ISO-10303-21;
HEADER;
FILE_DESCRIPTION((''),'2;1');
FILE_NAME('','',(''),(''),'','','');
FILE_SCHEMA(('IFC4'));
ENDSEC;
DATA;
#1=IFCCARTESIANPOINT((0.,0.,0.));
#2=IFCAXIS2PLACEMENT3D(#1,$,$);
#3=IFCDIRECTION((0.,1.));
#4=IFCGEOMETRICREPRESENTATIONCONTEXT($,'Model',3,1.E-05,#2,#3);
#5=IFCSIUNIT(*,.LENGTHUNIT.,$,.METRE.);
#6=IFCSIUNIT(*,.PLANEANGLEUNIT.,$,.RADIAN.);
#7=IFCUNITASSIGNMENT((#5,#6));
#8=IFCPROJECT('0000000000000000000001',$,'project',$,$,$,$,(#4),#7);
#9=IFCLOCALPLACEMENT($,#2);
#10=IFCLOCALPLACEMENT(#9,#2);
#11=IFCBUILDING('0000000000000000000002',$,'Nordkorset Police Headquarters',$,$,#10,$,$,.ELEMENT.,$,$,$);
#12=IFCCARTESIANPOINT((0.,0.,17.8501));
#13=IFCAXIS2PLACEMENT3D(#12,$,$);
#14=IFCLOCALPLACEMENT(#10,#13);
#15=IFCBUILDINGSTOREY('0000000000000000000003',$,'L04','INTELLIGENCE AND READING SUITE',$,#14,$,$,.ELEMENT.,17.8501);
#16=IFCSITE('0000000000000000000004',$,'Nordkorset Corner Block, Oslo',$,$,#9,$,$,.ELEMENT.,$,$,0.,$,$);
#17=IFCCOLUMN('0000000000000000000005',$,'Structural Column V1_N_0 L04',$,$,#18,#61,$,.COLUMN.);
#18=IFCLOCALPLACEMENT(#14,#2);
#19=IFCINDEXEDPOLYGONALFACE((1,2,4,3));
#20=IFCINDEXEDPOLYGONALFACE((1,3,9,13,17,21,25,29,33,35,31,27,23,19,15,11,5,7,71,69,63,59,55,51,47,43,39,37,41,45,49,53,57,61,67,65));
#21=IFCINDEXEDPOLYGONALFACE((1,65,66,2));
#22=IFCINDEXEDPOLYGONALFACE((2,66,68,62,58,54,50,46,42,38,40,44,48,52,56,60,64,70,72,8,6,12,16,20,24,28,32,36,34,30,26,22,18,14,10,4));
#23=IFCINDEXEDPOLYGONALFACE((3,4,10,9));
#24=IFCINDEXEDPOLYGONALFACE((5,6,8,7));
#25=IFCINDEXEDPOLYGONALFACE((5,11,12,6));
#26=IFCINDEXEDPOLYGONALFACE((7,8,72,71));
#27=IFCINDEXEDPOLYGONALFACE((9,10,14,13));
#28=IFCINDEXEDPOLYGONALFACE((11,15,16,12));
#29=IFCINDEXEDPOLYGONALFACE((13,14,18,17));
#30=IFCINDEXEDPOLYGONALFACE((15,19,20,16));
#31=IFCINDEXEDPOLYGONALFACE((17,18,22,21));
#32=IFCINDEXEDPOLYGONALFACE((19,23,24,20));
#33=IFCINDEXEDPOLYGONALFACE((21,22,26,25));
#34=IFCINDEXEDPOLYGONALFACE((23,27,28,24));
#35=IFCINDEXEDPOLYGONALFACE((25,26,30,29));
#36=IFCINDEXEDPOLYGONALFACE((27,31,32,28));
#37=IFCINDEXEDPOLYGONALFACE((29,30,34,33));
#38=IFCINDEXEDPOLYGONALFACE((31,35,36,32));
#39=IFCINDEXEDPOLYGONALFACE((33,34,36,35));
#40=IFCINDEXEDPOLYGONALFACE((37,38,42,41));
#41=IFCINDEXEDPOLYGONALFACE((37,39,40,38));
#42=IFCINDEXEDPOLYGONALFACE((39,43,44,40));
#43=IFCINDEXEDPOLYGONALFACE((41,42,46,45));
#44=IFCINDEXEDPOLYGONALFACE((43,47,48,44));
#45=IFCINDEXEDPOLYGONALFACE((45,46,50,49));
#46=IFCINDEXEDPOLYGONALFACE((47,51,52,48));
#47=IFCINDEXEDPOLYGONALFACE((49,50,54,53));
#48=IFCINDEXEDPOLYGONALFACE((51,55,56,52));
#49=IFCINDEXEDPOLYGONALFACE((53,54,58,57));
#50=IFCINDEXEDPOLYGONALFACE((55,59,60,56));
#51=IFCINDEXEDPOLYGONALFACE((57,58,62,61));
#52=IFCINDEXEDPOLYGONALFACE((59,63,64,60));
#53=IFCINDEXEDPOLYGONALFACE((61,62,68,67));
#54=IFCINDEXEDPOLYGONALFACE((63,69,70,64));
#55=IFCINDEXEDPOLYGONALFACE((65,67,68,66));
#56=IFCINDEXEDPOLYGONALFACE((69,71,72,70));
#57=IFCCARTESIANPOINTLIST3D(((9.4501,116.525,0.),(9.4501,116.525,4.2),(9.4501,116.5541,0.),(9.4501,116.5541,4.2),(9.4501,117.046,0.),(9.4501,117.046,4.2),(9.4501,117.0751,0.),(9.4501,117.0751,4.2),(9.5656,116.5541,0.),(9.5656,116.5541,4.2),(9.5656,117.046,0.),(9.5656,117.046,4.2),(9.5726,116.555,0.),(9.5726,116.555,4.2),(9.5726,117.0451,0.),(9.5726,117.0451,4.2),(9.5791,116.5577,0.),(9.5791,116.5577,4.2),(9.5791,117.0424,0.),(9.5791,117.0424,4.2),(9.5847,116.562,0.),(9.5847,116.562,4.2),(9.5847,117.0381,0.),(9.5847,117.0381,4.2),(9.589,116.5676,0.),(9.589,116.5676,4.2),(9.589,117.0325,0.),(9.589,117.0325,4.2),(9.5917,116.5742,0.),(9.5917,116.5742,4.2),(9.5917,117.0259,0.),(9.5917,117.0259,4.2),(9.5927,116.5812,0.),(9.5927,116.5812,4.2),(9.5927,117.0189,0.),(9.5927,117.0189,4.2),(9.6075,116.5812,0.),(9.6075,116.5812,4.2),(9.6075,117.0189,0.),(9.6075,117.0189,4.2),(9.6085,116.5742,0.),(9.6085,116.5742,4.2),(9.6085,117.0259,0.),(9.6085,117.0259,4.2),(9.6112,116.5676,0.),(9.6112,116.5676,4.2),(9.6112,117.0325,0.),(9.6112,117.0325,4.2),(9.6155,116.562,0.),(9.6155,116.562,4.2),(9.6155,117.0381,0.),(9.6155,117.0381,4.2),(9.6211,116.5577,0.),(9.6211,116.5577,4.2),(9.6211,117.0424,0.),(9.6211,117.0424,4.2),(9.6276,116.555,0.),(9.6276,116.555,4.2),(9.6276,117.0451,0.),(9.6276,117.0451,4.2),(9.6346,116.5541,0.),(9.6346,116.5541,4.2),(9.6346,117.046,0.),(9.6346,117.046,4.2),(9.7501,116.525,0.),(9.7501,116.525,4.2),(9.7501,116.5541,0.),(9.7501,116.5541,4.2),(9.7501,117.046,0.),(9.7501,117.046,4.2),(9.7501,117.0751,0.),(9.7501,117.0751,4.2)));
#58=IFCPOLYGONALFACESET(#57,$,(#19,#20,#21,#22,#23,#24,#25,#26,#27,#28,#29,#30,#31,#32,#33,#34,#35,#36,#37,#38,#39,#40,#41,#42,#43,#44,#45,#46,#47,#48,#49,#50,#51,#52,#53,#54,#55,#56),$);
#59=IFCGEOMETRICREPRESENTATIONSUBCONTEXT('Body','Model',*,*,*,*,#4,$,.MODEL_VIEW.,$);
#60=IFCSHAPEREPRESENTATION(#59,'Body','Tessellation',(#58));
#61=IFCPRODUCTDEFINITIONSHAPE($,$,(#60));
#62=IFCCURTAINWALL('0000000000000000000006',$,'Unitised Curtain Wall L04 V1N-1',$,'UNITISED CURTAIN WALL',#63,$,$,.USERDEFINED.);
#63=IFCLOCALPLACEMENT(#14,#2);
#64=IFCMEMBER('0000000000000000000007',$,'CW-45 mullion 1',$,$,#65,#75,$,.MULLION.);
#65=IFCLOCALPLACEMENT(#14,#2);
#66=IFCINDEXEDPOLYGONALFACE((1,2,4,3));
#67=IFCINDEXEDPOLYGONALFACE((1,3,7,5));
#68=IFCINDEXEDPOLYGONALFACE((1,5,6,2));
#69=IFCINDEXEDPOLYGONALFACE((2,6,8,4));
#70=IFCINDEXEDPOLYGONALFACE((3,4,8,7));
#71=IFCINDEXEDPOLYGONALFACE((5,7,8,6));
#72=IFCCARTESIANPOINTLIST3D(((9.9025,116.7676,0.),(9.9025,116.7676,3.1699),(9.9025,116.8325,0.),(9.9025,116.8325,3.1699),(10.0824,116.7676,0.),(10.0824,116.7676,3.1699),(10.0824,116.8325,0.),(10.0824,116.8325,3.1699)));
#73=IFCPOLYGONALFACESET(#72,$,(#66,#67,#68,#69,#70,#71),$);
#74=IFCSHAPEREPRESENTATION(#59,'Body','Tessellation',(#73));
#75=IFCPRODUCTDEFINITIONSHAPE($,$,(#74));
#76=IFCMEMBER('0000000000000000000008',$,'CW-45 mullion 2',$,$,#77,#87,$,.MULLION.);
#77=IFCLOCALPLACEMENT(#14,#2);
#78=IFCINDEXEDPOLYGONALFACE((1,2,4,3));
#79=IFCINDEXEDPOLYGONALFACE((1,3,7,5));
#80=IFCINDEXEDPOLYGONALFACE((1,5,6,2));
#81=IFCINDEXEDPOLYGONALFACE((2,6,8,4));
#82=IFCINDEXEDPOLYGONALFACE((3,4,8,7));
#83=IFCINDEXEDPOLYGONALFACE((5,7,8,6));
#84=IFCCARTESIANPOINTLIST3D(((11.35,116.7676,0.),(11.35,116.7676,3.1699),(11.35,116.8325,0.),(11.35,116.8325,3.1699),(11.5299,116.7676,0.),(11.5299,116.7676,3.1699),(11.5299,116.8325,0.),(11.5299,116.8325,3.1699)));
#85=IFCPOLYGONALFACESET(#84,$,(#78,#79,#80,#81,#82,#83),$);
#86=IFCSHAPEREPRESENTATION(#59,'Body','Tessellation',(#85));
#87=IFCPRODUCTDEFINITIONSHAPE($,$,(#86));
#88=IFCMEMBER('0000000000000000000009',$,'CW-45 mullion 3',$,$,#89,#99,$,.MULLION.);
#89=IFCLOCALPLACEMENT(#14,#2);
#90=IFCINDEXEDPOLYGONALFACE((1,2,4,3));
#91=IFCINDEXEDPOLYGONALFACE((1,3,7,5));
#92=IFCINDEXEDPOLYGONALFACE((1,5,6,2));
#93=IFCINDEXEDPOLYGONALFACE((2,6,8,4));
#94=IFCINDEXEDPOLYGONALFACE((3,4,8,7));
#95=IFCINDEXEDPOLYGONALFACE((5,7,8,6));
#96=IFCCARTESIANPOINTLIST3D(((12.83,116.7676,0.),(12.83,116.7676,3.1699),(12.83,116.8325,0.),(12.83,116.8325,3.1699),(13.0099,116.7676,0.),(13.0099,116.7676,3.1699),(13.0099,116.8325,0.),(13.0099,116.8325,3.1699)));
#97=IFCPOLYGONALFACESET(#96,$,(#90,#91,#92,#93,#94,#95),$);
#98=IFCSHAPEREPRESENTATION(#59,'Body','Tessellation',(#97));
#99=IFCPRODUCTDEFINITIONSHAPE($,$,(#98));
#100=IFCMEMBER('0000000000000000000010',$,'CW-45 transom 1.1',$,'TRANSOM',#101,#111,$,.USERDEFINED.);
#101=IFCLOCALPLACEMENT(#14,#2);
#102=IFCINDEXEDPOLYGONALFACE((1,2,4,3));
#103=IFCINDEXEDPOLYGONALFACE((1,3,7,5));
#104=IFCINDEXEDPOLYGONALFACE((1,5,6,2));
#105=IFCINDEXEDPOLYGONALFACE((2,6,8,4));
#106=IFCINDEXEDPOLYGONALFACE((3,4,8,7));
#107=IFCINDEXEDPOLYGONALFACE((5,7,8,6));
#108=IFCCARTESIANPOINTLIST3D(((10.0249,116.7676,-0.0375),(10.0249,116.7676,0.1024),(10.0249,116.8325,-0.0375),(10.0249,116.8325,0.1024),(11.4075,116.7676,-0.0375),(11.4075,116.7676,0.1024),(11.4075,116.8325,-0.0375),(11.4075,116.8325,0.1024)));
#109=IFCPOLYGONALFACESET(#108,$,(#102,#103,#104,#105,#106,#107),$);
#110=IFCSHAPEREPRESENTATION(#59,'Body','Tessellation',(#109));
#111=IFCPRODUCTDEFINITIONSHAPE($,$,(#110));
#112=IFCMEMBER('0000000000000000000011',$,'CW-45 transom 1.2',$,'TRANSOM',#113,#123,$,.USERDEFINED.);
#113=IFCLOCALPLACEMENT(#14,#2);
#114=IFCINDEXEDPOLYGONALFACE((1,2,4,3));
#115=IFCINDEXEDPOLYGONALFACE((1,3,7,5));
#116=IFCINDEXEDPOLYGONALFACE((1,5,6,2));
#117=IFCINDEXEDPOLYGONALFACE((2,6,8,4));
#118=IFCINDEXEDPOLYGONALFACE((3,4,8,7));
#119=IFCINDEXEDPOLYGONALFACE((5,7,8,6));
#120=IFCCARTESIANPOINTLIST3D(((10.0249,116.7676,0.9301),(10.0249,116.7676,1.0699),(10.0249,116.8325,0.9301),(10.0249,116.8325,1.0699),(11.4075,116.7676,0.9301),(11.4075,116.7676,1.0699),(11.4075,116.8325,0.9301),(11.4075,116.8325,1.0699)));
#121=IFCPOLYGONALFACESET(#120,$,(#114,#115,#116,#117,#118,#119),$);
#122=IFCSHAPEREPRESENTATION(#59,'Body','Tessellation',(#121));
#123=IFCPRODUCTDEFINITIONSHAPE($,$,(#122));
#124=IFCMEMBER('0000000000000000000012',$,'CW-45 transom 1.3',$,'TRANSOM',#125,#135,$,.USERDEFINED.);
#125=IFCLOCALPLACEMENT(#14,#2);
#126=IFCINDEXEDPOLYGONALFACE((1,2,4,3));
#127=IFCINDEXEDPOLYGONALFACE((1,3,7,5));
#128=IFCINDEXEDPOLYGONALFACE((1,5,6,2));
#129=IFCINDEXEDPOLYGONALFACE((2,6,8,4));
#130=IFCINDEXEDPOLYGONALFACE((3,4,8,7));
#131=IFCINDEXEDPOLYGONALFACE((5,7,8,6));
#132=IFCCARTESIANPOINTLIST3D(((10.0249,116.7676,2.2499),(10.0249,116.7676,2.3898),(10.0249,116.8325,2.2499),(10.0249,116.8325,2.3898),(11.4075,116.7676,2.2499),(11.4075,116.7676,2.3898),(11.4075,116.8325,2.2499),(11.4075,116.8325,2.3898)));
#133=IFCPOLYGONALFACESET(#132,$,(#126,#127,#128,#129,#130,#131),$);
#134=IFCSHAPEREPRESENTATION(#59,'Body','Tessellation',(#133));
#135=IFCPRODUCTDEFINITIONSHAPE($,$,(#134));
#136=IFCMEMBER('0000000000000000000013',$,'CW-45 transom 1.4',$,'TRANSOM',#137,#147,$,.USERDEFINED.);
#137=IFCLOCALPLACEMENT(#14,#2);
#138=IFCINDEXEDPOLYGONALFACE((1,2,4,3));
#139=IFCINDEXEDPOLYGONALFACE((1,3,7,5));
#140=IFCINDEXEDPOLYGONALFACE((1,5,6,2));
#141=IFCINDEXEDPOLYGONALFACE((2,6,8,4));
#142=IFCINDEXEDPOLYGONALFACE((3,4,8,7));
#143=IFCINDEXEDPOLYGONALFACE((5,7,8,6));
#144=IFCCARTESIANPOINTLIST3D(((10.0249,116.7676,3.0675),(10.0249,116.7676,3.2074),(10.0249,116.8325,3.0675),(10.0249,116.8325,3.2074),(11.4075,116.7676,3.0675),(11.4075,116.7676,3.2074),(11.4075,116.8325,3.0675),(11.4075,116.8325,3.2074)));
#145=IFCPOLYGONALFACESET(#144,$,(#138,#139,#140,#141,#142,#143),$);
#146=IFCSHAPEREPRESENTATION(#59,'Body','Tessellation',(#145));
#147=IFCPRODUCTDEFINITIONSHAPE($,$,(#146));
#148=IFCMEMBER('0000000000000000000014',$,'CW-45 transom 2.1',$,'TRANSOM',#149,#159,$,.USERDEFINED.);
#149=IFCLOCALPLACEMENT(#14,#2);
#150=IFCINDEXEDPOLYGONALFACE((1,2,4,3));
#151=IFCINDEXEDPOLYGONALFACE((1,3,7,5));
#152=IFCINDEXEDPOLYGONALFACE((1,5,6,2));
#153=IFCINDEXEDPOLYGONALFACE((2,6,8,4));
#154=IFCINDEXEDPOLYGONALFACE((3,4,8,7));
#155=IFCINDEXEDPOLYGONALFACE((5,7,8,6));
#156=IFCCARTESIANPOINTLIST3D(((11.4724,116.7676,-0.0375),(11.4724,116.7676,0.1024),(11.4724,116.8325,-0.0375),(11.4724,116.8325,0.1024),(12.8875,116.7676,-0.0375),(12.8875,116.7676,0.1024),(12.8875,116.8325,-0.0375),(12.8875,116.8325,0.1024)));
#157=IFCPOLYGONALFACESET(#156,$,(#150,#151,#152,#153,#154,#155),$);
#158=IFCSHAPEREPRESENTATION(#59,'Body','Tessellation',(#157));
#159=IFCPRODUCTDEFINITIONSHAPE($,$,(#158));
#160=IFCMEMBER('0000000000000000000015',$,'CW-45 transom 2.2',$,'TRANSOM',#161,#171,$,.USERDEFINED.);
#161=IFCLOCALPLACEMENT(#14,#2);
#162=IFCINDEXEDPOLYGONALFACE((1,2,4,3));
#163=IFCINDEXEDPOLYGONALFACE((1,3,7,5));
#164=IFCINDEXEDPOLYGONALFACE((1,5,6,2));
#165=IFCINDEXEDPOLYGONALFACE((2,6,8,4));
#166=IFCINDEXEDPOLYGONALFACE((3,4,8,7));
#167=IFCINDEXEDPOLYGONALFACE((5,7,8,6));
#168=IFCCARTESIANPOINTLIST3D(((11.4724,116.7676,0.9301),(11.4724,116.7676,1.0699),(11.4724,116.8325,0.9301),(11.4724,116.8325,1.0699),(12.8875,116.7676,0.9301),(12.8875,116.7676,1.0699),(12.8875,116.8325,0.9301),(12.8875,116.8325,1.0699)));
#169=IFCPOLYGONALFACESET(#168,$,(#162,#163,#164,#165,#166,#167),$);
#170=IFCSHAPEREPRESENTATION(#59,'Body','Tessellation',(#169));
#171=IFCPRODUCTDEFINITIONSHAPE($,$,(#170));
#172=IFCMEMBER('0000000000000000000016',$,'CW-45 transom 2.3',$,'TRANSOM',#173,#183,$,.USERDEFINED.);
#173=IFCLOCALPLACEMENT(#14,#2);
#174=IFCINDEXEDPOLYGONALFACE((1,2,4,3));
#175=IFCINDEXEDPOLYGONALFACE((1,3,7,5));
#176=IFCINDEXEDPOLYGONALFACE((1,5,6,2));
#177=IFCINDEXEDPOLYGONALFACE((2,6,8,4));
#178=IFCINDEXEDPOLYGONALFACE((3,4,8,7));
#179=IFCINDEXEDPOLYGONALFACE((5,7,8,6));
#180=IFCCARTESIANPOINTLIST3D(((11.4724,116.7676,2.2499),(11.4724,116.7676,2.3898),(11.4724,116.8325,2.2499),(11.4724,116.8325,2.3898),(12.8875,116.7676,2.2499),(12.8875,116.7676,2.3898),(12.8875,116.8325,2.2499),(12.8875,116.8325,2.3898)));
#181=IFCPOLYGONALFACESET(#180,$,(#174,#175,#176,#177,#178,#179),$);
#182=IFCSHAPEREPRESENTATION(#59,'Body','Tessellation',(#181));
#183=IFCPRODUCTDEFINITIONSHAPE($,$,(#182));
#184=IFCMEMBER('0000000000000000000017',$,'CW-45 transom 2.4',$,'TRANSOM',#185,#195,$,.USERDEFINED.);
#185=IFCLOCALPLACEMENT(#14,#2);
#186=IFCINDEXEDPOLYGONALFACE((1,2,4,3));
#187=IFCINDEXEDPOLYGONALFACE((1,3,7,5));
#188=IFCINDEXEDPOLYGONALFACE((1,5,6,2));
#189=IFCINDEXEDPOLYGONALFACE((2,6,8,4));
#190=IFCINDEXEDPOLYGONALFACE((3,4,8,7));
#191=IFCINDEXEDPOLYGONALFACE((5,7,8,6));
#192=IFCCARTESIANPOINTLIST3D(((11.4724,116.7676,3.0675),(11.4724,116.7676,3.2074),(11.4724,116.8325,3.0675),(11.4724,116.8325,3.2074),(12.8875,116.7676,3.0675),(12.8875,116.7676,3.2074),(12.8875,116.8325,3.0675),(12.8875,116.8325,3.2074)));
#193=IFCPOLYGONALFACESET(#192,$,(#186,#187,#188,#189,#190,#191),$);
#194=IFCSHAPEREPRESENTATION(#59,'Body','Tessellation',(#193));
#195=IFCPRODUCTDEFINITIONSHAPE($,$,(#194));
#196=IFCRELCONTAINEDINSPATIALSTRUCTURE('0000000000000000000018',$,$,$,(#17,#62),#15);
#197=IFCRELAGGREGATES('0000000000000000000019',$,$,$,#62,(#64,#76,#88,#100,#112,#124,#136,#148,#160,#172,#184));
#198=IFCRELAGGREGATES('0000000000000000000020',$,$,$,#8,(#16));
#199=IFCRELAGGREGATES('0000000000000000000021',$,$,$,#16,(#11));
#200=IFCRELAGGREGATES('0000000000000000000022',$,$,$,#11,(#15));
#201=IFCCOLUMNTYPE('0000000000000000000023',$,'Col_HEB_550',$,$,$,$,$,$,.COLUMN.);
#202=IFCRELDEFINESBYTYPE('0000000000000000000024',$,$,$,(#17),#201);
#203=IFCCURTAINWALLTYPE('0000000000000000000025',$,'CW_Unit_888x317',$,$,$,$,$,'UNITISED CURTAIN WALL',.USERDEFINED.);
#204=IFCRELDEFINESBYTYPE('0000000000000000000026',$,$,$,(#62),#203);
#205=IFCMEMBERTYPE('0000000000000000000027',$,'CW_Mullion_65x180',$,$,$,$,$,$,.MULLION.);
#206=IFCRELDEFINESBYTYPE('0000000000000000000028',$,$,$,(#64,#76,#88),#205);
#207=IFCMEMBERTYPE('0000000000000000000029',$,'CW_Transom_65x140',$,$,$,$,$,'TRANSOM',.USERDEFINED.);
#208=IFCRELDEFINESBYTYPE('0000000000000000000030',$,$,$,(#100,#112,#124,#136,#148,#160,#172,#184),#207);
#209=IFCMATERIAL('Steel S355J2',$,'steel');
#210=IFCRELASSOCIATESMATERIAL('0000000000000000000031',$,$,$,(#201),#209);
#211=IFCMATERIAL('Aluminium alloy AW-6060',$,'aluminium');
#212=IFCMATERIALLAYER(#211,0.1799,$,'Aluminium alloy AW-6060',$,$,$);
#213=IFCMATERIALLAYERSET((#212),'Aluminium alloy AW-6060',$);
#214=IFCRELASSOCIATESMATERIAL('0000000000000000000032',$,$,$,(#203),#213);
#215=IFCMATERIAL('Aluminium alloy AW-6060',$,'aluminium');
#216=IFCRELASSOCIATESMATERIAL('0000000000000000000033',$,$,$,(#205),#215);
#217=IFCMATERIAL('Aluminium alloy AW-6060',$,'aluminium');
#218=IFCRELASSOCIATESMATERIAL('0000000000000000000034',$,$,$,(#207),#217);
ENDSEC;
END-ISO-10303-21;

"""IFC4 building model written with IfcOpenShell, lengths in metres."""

from ifc_helpers import new_model, si_unit, direction, frame, origin, origin_2d, place, context, subcontext, project, spatial, rectangle, i_section, extrude, material, layer, layer_set, material_profile, profile_set, type_object, element, aggregate, save


model = new_model("IFC4")

# Units and contexts
model_context = context("Model", 3, precision=1e-05, world=origin(), true_north=direction((0.0, 1.0)))
body_context = subcontext(model_context, "Body", "Model", "MODEL_VIEW")
ifc_project = project(units=[si_unit("LENGTHUNIT", "METRE"), si_unit("PLANEANGLEUNIT", "RADIAN")], contexts=[model_context])

# Site, building, storey
site_placement = place(None, origin())
site = spatial("IfcSite", under=ifc_project, at=site_placement, Name="Nordkorset Corner Block, Oslo", CompositionType="ELEMENT", RefElevation=0.0)
building_placement = place(site_placement, origin())
building = spatial("IfcBuilding", under=site, at=building_placement, Name="Nordkorset Police Headquarters", CompositionType="ELEMENT")
storey_placement = place(building_placement, frame((0.0, 0.0, 17.8501)))
storey = spatial("IfcBuildingStorey", under=building, at=storey_placement, Name="L04", Description="INTELLIGENCE AND READING SUITE", CompositionType="ELEMENT", Elevation=17.8501)

# Column
ifc_material_1 = material(Name="Steel S355J2", Category="steel")
ifc_material_profile_1 = material_profile(ifc_material_1, i_section(OverallWidth=0.3, OverallDepth=0.55, WebThickness=0.0149, FlangeThickness=0.0291, FilletRadius=0.0271, at=origin_2d()), Name="HEB 550")
ifc_profile_set_1 = profile_set([ifc_material_profile_1], Name="Steel S355J2")
column_type = type_object("IfcColumnType", Name="Col_HEB_550", PredefinedType="COLUMN", material=ifc_profile_set_1)
column_placement = place(storey_placement, frame((9.6001, 116.8, 0.0), z_axis=(0.0, 0.0, 1.0), x_axis=(1.0, 0.0, 0.0)))
element("IfcColumn", 1, at=column_placement, inside=storey, type_object=column_type, Name="Structural Column V1_N_0 L04", PredefinedType="COLUMN", context=body_context, shape_type="SweptSolid", body=[
    extrude(i_section(OverallWidth=0.3, OverallDepth=0.55, WebThickness=0.0149, FlangeThickness=0.0291, FilletRadius=0.0271, at=origin_2d()), origin(), (0.0, 0.0, 1.0), 4.2),
])

# Curtain wall, members
ifc_material_2 = material(Name="Aluminium alloy AW-6060", Category="aluminium")
ifc_layer_1 = layer(ifc_material_2, 0.1799, Name="Aluminium alloy AW-6060")
ifc_layer_set_1 = layer_set([ifc_layer_1], Name="Aluminium alloy AW-6060")
curtain_wall_type = type_object("IfcCurtainWallType", Name="CW_Unit_888x317", ElementType="UNITISED CURTAIN WALL", PredefinedType="USERDEFINED", material=ifc_layer_set_1)
curtain_wall_placement = place(storey_placement, origin())
curtain_wall = element("IfcCurtainWall", 2, at=curtain_wall_placement, inside=storey, type_object=curtain_wall_type, Name="Unitised Curtain Wall L04 V1N-1", ObjectType="UNITISED CURTAIN WALL", PredefinedType="USERDEFINED")
ifc_material_3 = material(Name="Aluminium alloy AW-6060", Category="aluminium")
ifc_material_profile_2 = material_profile(ifc_material_3, rectangle(XDim=0.0649, YDim=0.1799, at=origin_2d()), Name="ALU MULL 65x180")
ifc_profile_set_2 = profile_set([ifc_material_profile_2], Name="Aluminium alloy AW-6060")
member_type_1 = type_object("IfcMemberType", Name="CW_Mullion_65x180", PredefinedType="MULLION", material=ifc_profile_set_2)
member_1_placement = place(storey_placement, frame((9.9924, 116.8, 0.0), z_axis=(0.0, 0.0, 1.0), x_axis=(0.0, 1.0, 0.0)))
member_1 = element("IfcMember", 3, at=member_1_placement, type_object=member_type_1, Name="CW-45 mullion 1", PredefinedType="MULLION", context=body_context, shape_type="SweptSolid", body=[
    extrude(rectangle(XDim=0.0649, YDim=0.1799, at=origin_2d()), origin(), (0.0, 0.0, 1.0), 3.1699),
])
member_2_placement = place(storey_placement, frame((11.4399, 116.8, 0.0), z_axis=(0.0, 0.0, 1.0), x_axis=(0.0, 1.0, 0.0)))
member_2 = element("IfcMember", 4, at=member_2_placement, type_object=member_type_1, Name="CW-45 mullion 2", PredefinedType="MULLION", context=body_context, shape_type="SweptSolid", body=[
    extrude(rectangle(XDim=0.0649, YDim=0.1799, at=origin_2d()), origin(), (0.0, 0.0, 1.0), 3.1699),
])
member_3_placement = place(storey_placement, frame((12.9199, 116.8, 0.0), z_axis=(0.0, 0.0, 1.0), x_axis=(0.0, 1.0, 0.0)))
member_3 = element("IfcMember", 5, at=member_3_placement, type_object=member_type_1, Name="CW-45 mullion 3", PredefinedType="MULLION", context=body_context, shape_type="SweptSolid", body=[
    extrude(rectangle(XDim=0.0649, YDim=0.1799, at=origin_2d()), origin(), (0.0, 0.0, 1.0), 3.1699),
])
ifc_material_4 = material(Name="Aluminium alloy AW-6060", Category="aluminium")
ifc_material_profile_3 = material_profile(ifc_material_4, rectangle(XDim=0.0649, YDim=0.1399, at=origin_2d()), Name="ALU TRAN 65x140")
ifc_profile_set_3 = profile_set([ifc_material_profile_3], Name="Aluminium alloy AW-6060")
member_type_2 = type_object("IfcMemberType", Name="CW_Transom_65x140", ElementType="TRANSOM", PredefinedType="USERDEFINED", material=ifc_profile_set_3)
member_4_placement = place(storey_placement, frame((10.0249, 116.8, 0.0325), z_axis=(1.0, 0.0, 0.0), x_axis=(0.0, 1.0, 0.0)))
member_4 = element("IfcMember", 6, at=member_4_placement, type_object=member_type_2, Name="CW-45 transom 1.1", ObjectType="TRANSOM", PredefinedType="USERDEFINED", context=body_context, shape_type="SweptSolid", body=[
    extrude(rectangle(XDim=0.0649, YDim=0.1399, at=origin_2d()), origin(), (0.0, 0.0, 1.0), 1.3826),
])
member_5_placement = place(storey_placement, frame((10.0249, 116.8, 1.0), z_axis=(1.0, 0.0, 0.0), x_axis=(0.0, 1.0, 0.0)))
member_5 = element("IfcMember", 7, at=member_5_placement, type_object=member_type_2, Name="CW-45 transom 1.2", ObjectType="TRANSOM", PredefinedType="USERDEFINED", context=body_context, shape_type="SweptSolid", body=[
    extrude(rectangle(XDim=0.0649, YDim=0.1399, at=origin_2d()), origin(), (0.0, 0.0, 1.0), 1.3826),
])
member_6_placement = place(storey_placement, frame((10.0249, 116.8, 2.3198), z_axis=(1.0, 0.0, 0.0), x_axis=(0.0, 1.0, 0.0)))
member_6 = element("IfcMember", 8, at=member_6_placement, type_object=member_type_2, Name="CW-45 transom 1.3", ObjectType="TRANSOM", PredefinedType="USERDEFINED", context=body_context, shape_type="SweptSolid", body=[
    extrude(rectangle(XDim=0.0649, YDim=0.1399, at=origin_2d()), origin(), (0.0, 0.0, 1.0), 1.3826),
])
member_7_placement = place(storey_placement, frame((10.0249, 116.8, 3.1375), z_axis=(1.0, 0.0, 0.0), x_axis=(0.0, 1.0, 0.0)))
member_7 = element("IfcMember", 9, at=member_7_placement, type_object=member_type_2, Name="CW-45 transom 1.4", ObjectType="TRANSOM", PredefinedType="USERDEFINED", context=body_context, shape_type="SweptSolid", body=[
    extrude(rectangle(XDim=0.0649, YDim=0.1399, at=origin_2d()), origin(), (0.0, 0.0, 1.0), 1.3826),
])
member_8_placement = place(storey_placement, frame((11.4724, 116.8, 0.0325), z_axis=(1.0, 0.0, 0.0), x_axis=(0.0, 1.0, 0.0)))
member_8 = element("IfcMember", 10, at=member_8_placement, type_object=member_type_2, Name="CW-45 transom 2.1", ObjectType="TRANSOM", PredefinedType="USERDEFINED", context=body_context, shape_type="SweptSolid", body=[
    extrude(rectangle(XDim=0.0649, YDim=0.1399, at=origin_2d()), origin(), (0.0, 0.0, 1.0), 1.415),
])
member_9_placement = place(storey_placement, frame((11.4724, 116.8, 1.0), z_axis=(1.0, 0.0, 0.0), x_axis=(0.0, 1.0, 0.0)))
member_9 = element("IfcMember", 11, at=member_9_placement, type_object=member_type_2, Name="CW-45 transom 2.2", ObjectType="TRANSOM", PredefinedType="USERDEFINED", context=body_context, shape_type="SweptSolid", body=[
    extrude(rectangle(XDim=0.0649, YDim=0.1399, at=origin_2d()), origin(), (0.0, 0.0, 1.0), 1.415),
])
member_10_placement = place(storey_placement, frame((11.4724, 116.8, 2.3198), z_axis=(1.0, 0.0, 0.0), x_axis=(0.0, 1.0, 0.0)))
member_10 = element("IfcMember", 12, at=member_10_placement, type_object=member_type_2, Name="CW-45 transom 2.3", ObjectType="TRANSOM", PredefinedType="USERDEFINED", context=body_context, shape_type="SweptSolid", body=[
    extrude(rectangle(XDim=0.0649, YDim=0.1399, at=origin_2d()), origin(), (0.0, 0.0, 1.0), 1.415),
])
member_11_placement = place(storey_placement, frame((11.4724, 116.8, 3.1375), z_axis=(1.0, 0.0, 0.0), x_axis=(0.0, 1.0, 0.0)))
member_11 = element("IfcMember", 13, at=member_11_placement, type_object=member_type_2, Name="CW-45 transom 2.4", ObjectType="TRANSOM", PredefinedType="USERDEFINED", context=body_context, shape_type="SweptSolid", body=[
    extrude(rectangle(XDim=0.0649, YDim=0.1399, at=origin_2d()), origin(), (0.0, 0.0, 1.0), 1.415),
])
aggregate(curtain_wall, [member_1, member_2, member_3, member_4, member_5, member_6, member_7, member_8, member_9, member_10, member_11])

save(model, "model.ifc")
